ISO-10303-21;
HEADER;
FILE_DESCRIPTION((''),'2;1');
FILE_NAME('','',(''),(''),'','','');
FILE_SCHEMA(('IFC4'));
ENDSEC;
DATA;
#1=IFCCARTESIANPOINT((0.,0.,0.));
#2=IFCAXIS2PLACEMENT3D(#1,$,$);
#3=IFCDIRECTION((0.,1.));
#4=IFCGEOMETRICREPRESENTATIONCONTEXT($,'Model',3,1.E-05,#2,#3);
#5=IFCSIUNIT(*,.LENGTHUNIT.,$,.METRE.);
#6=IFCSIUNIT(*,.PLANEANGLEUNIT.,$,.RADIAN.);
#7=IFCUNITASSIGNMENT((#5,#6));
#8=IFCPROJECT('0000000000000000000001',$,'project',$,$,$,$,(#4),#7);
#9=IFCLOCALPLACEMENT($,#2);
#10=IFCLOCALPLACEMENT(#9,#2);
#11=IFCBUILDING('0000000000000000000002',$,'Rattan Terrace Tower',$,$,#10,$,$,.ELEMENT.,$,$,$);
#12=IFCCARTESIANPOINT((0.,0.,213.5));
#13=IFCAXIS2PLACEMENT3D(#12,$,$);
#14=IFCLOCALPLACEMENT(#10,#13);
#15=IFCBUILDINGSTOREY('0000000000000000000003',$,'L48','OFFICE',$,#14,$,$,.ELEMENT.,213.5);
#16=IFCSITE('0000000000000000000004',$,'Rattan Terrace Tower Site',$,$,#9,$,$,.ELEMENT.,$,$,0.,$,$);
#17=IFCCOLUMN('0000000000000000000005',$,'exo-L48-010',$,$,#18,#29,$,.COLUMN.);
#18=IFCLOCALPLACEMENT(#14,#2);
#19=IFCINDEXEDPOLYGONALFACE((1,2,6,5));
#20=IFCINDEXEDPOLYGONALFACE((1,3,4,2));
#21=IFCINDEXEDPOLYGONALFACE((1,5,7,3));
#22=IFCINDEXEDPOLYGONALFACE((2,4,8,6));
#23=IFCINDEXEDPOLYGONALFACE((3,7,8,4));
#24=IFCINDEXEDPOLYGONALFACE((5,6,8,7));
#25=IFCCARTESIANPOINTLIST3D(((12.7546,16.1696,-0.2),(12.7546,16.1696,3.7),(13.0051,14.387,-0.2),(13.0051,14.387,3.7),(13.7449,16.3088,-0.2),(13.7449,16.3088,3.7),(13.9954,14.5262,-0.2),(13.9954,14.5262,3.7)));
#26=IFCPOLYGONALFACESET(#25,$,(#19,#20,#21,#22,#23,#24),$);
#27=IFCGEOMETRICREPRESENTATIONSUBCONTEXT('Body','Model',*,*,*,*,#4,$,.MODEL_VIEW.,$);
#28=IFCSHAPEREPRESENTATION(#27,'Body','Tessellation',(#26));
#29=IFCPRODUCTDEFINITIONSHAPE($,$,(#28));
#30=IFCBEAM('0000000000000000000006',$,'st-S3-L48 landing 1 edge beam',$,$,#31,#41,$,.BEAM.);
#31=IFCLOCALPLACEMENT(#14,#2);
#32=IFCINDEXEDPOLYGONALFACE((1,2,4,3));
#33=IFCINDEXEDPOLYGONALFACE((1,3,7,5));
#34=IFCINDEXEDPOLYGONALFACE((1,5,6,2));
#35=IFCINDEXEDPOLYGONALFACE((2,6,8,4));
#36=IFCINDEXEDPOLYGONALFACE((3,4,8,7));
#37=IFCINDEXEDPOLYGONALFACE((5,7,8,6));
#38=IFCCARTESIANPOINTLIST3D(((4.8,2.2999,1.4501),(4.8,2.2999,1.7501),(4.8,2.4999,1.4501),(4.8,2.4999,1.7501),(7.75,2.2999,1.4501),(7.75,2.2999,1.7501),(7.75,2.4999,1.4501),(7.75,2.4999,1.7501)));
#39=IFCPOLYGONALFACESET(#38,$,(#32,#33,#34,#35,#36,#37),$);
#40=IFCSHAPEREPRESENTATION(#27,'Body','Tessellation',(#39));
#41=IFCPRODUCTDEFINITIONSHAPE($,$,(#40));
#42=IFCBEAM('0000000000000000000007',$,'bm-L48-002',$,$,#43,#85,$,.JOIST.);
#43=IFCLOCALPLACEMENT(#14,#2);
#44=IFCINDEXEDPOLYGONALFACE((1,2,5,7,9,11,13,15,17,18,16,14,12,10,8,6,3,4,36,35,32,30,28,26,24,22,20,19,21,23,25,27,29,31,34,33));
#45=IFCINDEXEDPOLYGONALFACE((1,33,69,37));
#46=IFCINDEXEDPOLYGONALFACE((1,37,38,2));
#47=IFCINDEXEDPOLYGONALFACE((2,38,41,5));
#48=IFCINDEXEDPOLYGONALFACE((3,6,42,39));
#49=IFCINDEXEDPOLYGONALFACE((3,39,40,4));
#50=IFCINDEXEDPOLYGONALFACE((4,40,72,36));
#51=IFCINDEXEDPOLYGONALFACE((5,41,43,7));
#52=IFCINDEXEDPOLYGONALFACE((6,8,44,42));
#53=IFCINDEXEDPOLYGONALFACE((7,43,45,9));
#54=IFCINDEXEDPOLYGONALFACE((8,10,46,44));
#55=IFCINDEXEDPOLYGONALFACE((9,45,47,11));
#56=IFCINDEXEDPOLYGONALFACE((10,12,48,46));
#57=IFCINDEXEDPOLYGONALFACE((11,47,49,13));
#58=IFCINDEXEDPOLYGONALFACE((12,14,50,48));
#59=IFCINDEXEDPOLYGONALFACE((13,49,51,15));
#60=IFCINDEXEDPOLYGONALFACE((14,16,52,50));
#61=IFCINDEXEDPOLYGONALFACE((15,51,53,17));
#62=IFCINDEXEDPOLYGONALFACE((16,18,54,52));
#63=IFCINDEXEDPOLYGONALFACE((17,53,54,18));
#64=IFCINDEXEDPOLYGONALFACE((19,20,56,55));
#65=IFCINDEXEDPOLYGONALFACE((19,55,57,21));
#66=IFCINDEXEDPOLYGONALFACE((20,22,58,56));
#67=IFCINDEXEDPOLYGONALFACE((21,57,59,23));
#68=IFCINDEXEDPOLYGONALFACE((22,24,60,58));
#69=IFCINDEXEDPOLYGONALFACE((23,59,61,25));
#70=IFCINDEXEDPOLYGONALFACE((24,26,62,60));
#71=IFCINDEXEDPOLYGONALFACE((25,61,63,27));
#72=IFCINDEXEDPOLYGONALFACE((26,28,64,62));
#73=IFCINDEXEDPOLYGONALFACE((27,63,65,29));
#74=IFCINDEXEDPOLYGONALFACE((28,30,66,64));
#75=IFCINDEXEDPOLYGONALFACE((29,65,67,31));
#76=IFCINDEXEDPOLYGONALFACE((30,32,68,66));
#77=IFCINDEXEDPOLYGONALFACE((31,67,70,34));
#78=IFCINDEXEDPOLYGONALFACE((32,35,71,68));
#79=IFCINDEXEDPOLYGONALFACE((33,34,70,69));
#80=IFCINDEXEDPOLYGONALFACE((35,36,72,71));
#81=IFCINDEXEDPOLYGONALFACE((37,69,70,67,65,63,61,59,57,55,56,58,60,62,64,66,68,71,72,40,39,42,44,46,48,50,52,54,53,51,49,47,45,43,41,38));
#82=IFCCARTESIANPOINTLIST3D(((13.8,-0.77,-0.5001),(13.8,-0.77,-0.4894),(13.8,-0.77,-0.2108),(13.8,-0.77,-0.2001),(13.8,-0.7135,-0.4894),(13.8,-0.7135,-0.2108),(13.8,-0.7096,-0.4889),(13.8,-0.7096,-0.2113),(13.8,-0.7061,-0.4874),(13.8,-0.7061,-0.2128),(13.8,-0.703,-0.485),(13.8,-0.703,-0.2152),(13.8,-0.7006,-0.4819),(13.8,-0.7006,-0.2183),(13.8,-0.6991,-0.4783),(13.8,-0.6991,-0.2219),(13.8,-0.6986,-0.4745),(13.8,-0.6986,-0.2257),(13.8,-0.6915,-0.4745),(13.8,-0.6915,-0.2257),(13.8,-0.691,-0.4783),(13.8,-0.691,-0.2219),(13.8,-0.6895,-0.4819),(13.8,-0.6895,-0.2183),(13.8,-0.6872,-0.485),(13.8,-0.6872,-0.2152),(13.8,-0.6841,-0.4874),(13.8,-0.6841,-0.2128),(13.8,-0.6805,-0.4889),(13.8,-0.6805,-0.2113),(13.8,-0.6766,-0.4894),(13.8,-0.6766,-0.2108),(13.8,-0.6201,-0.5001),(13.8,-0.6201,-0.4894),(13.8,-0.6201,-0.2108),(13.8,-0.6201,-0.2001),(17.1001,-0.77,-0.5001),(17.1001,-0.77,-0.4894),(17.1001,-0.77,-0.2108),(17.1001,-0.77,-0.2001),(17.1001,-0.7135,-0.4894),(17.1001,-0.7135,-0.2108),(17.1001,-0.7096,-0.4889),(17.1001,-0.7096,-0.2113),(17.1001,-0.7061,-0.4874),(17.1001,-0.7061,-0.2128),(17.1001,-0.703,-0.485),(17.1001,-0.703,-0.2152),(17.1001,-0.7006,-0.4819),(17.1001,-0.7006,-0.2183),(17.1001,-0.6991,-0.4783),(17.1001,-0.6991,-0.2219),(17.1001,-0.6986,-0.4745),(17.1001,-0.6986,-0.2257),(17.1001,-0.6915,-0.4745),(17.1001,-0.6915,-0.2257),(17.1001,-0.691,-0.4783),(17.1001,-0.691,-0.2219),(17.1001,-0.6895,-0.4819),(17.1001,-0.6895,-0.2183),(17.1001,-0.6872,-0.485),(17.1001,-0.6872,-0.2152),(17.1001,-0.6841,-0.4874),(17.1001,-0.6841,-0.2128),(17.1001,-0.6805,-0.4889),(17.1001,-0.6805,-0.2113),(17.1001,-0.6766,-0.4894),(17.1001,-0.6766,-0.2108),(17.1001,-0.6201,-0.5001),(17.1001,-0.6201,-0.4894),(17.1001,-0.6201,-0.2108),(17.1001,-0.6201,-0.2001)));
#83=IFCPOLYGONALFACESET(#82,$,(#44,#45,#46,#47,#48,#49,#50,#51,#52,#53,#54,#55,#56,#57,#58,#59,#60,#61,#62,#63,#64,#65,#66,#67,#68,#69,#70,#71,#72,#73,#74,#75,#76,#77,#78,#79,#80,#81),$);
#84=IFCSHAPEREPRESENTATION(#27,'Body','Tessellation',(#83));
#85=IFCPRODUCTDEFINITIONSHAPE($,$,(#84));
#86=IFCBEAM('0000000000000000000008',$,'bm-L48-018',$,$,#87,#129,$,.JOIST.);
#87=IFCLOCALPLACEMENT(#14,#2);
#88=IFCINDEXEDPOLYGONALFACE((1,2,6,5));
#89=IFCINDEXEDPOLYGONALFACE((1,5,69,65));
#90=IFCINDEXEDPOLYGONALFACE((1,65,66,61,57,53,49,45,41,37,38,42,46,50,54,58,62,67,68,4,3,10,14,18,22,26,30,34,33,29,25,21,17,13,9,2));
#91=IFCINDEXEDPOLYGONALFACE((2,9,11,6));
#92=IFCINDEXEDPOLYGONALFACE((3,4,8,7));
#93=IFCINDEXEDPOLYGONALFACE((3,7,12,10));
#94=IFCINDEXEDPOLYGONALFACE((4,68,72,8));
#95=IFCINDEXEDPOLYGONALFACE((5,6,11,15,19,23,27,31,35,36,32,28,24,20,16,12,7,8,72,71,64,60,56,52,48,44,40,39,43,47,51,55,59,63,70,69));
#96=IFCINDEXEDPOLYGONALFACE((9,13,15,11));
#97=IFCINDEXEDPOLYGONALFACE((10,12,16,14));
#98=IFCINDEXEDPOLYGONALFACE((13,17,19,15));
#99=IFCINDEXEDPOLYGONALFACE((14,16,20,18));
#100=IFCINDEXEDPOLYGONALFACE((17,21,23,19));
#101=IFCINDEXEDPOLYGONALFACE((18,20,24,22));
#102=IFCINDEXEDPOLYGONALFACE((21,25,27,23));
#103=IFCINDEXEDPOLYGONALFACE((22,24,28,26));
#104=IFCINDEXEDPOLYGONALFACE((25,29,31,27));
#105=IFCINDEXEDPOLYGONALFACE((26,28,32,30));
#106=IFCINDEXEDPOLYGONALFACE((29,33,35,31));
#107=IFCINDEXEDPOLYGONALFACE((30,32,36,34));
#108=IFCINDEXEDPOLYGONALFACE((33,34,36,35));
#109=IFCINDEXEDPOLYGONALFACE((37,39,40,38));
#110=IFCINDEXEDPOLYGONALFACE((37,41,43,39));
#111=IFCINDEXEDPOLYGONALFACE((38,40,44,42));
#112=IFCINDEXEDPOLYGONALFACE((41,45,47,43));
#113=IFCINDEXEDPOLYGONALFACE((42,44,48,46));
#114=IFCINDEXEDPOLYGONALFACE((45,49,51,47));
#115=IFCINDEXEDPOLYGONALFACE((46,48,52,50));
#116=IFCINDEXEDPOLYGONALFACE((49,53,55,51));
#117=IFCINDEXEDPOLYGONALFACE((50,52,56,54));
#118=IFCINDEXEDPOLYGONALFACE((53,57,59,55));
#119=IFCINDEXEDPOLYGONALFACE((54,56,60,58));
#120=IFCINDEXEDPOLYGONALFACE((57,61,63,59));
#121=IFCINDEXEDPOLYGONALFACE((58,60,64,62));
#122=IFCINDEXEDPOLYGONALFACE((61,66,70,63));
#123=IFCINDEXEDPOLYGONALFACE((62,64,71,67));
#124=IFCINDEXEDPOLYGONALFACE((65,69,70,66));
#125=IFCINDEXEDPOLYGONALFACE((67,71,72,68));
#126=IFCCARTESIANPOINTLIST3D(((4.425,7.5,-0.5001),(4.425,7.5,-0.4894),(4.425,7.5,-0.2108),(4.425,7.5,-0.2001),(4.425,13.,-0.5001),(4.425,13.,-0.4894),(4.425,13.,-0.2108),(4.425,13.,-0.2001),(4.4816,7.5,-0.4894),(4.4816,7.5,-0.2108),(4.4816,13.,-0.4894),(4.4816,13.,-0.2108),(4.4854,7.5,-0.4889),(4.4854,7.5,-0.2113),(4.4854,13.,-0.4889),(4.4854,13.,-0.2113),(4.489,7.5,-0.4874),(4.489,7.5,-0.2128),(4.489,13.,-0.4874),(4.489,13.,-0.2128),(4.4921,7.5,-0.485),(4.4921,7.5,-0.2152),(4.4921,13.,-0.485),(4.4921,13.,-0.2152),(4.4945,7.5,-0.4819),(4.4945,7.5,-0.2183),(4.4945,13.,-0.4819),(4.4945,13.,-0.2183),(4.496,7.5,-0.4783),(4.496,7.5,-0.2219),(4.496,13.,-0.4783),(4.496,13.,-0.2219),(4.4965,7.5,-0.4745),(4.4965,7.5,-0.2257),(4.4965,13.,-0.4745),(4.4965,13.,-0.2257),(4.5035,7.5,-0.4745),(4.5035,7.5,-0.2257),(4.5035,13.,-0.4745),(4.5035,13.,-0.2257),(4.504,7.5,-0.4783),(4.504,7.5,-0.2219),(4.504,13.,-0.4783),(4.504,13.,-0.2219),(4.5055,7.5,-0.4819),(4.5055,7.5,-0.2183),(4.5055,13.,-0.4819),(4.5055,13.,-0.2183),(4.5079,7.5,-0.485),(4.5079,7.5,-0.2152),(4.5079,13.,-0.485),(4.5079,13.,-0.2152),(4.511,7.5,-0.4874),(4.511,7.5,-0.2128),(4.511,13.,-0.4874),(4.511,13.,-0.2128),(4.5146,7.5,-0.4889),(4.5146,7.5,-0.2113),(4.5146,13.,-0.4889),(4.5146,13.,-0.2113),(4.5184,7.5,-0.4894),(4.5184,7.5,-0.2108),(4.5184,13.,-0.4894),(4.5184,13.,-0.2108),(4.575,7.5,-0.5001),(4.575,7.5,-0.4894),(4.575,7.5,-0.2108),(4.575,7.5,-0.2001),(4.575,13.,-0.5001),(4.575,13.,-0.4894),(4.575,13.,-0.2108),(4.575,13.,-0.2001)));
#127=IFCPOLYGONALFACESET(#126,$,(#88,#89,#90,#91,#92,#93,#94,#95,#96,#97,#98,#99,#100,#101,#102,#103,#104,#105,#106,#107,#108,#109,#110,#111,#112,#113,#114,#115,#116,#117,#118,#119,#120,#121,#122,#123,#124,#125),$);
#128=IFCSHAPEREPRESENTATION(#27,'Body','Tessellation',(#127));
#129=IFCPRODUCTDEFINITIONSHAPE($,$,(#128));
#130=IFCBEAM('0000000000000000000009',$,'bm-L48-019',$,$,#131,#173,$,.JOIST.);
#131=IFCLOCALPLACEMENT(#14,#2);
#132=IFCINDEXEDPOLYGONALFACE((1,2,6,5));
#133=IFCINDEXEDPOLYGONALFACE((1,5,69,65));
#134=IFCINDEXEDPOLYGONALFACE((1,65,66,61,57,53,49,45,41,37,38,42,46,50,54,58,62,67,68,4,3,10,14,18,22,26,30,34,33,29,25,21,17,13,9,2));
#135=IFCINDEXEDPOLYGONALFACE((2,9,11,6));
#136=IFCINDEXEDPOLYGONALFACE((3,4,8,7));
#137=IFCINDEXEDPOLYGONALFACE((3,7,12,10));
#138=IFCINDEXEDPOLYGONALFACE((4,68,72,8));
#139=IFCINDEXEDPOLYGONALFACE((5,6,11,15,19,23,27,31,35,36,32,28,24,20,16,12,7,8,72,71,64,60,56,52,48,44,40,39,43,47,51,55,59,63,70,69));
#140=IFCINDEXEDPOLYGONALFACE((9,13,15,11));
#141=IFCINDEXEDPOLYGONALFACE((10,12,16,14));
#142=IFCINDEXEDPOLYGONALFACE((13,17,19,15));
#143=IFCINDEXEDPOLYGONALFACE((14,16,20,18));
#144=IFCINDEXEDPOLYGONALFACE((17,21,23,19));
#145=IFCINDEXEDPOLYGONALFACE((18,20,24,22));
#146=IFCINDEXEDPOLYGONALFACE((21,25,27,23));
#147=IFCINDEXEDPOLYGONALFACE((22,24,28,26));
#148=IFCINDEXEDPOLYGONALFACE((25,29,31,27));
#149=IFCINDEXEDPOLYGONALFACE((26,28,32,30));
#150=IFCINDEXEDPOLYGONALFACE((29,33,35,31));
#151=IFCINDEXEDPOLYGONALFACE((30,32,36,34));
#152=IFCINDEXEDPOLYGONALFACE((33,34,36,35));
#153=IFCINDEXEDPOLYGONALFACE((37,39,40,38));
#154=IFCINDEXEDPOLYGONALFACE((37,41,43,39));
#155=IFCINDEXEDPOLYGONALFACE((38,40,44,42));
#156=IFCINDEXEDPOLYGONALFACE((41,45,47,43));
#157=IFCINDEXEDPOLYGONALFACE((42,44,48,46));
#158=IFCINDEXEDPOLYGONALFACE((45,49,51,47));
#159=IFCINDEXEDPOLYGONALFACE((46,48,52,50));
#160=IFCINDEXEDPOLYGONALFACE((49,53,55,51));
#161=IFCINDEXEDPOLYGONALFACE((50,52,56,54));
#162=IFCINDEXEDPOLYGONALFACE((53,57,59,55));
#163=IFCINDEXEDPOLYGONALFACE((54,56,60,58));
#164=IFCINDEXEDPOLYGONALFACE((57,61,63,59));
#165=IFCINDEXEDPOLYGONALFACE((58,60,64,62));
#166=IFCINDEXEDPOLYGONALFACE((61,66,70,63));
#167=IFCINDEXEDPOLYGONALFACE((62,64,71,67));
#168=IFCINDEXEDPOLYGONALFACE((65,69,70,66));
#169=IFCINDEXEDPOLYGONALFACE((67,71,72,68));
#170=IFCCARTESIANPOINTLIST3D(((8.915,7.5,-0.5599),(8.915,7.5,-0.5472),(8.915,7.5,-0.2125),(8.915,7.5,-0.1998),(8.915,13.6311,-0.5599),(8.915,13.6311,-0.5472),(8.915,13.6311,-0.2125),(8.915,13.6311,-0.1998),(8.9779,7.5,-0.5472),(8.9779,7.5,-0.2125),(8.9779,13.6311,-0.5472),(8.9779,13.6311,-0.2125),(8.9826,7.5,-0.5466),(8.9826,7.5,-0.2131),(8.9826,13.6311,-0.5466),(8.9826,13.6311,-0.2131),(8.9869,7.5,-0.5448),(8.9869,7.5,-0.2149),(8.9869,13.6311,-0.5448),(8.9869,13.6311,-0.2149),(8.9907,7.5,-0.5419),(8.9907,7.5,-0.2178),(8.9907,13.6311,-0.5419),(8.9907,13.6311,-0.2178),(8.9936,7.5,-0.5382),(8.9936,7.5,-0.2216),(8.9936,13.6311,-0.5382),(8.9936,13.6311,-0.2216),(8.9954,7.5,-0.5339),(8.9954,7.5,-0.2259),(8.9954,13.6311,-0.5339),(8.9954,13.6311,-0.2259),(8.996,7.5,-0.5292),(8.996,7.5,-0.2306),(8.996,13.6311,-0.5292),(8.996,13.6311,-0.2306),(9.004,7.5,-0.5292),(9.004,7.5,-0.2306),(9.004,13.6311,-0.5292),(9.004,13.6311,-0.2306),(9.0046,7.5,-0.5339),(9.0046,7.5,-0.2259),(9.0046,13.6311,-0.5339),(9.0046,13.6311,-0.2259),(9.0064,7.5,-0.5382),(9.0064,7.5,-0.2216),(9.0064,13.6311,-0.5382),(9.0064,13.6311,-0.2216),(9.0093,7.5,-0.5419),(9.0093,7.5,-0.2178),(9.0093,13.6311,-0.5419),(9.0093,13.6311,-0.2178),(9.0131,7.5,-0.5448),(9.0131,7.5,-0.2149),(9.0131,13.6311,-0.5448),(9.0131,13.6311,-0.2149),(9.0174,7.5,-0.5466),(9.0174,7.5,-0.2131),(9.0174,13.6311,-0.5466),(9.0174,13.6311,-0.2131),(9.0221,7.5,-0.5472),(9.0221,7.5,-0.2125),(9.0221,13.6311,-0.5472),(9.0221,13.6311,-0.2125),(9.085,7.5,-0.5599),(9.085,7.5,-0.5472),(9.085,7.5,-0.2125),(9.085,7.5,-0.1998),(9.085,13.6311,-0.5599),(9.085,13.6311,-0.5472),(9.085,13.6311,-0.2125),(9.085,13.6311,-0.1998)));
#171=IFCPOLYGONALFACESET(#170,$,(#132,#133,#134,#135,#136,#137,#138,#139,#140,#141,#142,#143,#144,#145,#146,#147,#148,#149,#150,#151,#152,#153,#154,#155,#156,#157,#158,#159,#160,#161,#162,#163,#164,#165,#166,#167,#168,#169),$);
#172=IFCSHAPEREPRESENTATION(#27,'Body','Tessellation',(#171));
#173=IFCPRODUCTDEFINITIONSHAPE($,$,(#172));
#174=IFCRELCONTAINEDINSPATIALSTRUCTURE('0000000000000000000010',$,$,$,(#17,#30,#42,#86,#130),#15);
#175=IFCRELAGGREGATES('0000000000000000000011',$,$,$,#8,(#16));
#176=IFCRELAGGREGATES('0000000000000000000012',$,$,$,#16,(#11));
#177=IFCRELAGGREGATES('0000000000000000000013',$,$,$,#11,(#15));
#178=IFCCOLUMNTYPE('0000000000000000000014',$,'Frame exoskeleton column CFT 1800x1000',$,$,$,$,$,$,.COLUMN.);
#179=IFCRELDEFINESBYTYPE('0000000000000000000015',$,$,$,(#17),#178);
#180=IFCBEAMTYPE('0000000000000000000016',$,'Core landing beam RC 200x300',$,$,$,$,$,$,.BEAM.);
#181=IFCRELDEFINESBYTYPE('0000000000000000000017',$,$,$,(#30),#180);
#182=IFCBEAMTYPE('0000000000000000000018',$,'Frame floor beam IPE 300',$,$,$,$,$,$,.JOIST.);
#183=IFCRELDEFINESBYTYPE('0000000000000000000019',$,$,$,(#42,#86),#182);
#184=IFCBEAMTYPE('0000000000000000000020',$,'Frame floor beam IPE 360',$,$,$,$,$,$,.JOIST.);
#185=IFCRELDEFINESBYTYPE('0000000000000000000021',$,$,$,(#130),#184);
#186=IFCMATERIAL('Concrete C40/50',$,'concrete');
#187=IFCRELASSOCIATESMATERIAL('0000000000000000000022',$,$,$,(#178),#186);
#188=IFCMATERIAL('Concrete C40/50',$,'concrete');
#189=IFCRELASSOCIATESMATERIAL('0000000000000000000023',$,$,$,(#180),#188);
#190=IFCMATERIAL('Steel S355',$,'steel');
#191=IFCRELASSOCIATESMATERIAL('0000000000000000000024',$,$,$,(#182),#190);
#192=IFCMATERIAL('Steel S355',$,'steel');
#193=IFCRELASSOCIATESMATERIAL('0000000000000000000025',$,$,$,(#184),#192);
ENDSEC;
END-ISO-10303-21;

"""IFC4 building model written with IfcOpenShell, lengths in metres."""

from ifc_helpers import new_model, si_unit, direction, frame, origin, origin_2d, place, context, subcontext, project, spatial, rectangle, i_section, extrude, material, material_profile, profile_set, type_object, element, save


model = new_model("IFC4")

# Units and contexts
model_context = context("Model", 3, precision=1e-05, world=origin(), true_north=direction((0.0, 1.0)))
body_context = subcontext(model_context, "Body", "Model", "MODEL_VIEW")
ifc_project = project(units=[si_unit("LENGTHUNIT", "METRE"), si_unit("PLANEANGLEUNIT", "RADIAN")], contexts=[model_context])

# Site, building, storey
site_placement = place(None, origin())
site = spatial("IfcSite", under=ifc_project, at=site_placement, Name="Rattan Terrace Tower Site", CompositionType="ELEMENT", RefElevation=0.0)
building_placement = place(site_placement, origin())
building = spatial("IfcBuilding", under=site, at=building_placement, Name="Rattan Terrace Tower", CompositionType="ELEMENT")
storey_placement = place(building_placement, frame((0.0, 0.0, 213.5)))
storey = spatial("IfcBuildingStorey", under=building, at=storey_placement, Name="L48", Description="OFFICE", CompositionType="ELEMENT", Elevation=213.5)

# Column
ifc_material_1 = material(Name="Concrete C40/50", Category="concrete")
ifc_material_profile_1 = material_profile(ifc_material_1, rectangle(XDim=1.0, YDim=1.8, at=origin_2d()), Name="CFT 1800x1000")
ifc_profile_set_1 = profile_set([ifc_material_profile_1], Name="Concrete C40/50")
column_type = type_object("IfcColumnType", Name="Frame exoskeleton column CFT 1800x1000", PredefinedType="COLUMN", material=ifc_profile_set_1)
column_placement = place(storey_placement, frame((13.375, 15.3479, -0.2), z_axis=(0.0, 0.0, 1.0), x_axis=(0.990268, 0.139173, 0.0)))
element("IfcColumn", 1, at=column_placement, inside=storey, type_object=column_type, Name="exo-L48-010", PredefinedType="COLUMN", context=body_context, shape_type="SweptSolid", body=[
    extrude(rectangle(XDim=1.0, YDim=1.8, at=origin_2d()), origin(), (0.0, 0.0, 1.0), 3.8999),
])

# Beams
ifc_material_2 = material(Name="Concrete C40/50", Category="concrete")
ifc_material_profile_2 = material_profile(ifc_material_2, rectangle(XDim=0.2, YDim=0.3, at=origin_2d()), Name="RC 200x300")
ifc_profile_set_2 = profile_set([ifc_material_profile_2], Name="Concrete C40/50")
beam_type_1 = type_object("IfcBeamType", Name="Core landing beam RC 200x300", PredefinedType="BEAM", material=ifc_profile_set_2)
beam_1_placement = place(storey_placement, frame((4.8, 2.3999, 1.6001), z_axis=(1.0, 0.0, 0.0), x_axis=(0.0, 1.0, 0.0)))
element("IfcBeam", 2, at=beam_1_placement, inside=storey, type_object=beam_type_1, Name="st-S3-L48 landing 1 edge beam", PredefinedType="BEAM", context=body_context, shape_type="SweptSolid", body=[
    extrude(rectangle(XDim=0.2, YDim=0.3, at=origin_2d()), origin(), (0.0, 0.0, 1.0), 2.95),
])
ifc_material_3 = material(Name="Steel S355", Category="steel")
ifc_material_profile_3 = material_profile(ifc_material_3, i_section(OverallWidth=0.1499, OverallDepth=0.3, WebThickness=0.0071, FlangeThickness=0.0107, FilletRadius=0.0149, at=origin_2d()), Name="IPE 300")
ifc_profile_set_3 = profile_set([ifc_material_profile_3], Name="Steel S355")
beam_type_2 = type_object("IfcBeamType", Name="Frame floor beam IPE 300", PredefinedType="JOIST", material=ifc_profile_set_3)
beam_2_placement = place(storey_placement, frame((13.8, -0.6951, -0.3501), z_axis=(1.0, 0.0, 0.0), x_axis=(0.0, 1.0, 0.0)))
element("IfcBeam", 3, at=beam_2_placement, inside=storey, type_object=beam_type_2, Name="bm-L48-002", PredefinedType="JOIST", context=body_context, shape_type="SweptSolid", body=[
    extrude(i_section(OverallWidth=0.1499, OverallDepth=0.3, WebThickness=0.0071, FlangeThickness=0.0107, FilletRadius=0.0149, at=origin_2d()), origin(), (0.0, 0.0, 1.0), 3.3),
])
beam_3_placement = place(storey_placement, frame((4.5, 7.5, -0.3501), z_axis=(0.0, 1.0, 0.0), x_axis=(-1.0, 0.0, 0.0)))
element("IfcBeam", 4, at=beam_3_placement, inside=storey, type_object=beam_type_2, Name="bm-L48-018", PredefinedType="JOIST", context=body_context, shape_type="SweptSolid", body=[
    extrude(i_section(OverallWidth=0.1499, OverallDepth=0.3, WebThickness=0.0071, FlangeThickness=0.0107, FilletRadius=0.0149, at=origin_2d()), origin(), (0.0, 0.0, 1.0), 5.5),
])
ifc_material_4 = material(Name="Steel S355", Category="steel")
ifc_material_profile_4 = material_profile(ifc_material_4, i_section(OverallWidth=0.1699, OverallDepth=0.3601, WebThickness=0.0081, FlangeThickness=0.0127, FilletRadius=0.0181, at=origin_2d()), Name="IPE 360")
ifc_profile_set_4 = profile_set([ifc_material_profile_4], Name="Steel S355")
beam_type_3 = type_object("IfcBeamType", Name="Frame floor beam IPE 360", PredefinedType="JOIST", material=ifc_profile_set_4)
beam_4_placement = place(storey_placement, frame((9.0, 7.5, -0.3799), z_axis=(0.0, 1.0, 0.0), x_axis=(-1.0, 0.0, 0.0)))
element("IfcBeam", 5, at=beam_4_placement, inside=storey, type_object=beam_type_3, Name="bm-L48-019", PredefinedType="JOIST", context=body_context, shape_type="SweptSolid", body=[
    extrude(i_section(OverallWidth=0.1699, OverallDepth=0.3601, WebThickness=0.0081, FlangeThickness=0.0127, FilletRadius=0.0181, at=origin_2d()), origin(), (0.0, 0.0, 1.0), 6.1311),
])

save(model, "model.ifc")
